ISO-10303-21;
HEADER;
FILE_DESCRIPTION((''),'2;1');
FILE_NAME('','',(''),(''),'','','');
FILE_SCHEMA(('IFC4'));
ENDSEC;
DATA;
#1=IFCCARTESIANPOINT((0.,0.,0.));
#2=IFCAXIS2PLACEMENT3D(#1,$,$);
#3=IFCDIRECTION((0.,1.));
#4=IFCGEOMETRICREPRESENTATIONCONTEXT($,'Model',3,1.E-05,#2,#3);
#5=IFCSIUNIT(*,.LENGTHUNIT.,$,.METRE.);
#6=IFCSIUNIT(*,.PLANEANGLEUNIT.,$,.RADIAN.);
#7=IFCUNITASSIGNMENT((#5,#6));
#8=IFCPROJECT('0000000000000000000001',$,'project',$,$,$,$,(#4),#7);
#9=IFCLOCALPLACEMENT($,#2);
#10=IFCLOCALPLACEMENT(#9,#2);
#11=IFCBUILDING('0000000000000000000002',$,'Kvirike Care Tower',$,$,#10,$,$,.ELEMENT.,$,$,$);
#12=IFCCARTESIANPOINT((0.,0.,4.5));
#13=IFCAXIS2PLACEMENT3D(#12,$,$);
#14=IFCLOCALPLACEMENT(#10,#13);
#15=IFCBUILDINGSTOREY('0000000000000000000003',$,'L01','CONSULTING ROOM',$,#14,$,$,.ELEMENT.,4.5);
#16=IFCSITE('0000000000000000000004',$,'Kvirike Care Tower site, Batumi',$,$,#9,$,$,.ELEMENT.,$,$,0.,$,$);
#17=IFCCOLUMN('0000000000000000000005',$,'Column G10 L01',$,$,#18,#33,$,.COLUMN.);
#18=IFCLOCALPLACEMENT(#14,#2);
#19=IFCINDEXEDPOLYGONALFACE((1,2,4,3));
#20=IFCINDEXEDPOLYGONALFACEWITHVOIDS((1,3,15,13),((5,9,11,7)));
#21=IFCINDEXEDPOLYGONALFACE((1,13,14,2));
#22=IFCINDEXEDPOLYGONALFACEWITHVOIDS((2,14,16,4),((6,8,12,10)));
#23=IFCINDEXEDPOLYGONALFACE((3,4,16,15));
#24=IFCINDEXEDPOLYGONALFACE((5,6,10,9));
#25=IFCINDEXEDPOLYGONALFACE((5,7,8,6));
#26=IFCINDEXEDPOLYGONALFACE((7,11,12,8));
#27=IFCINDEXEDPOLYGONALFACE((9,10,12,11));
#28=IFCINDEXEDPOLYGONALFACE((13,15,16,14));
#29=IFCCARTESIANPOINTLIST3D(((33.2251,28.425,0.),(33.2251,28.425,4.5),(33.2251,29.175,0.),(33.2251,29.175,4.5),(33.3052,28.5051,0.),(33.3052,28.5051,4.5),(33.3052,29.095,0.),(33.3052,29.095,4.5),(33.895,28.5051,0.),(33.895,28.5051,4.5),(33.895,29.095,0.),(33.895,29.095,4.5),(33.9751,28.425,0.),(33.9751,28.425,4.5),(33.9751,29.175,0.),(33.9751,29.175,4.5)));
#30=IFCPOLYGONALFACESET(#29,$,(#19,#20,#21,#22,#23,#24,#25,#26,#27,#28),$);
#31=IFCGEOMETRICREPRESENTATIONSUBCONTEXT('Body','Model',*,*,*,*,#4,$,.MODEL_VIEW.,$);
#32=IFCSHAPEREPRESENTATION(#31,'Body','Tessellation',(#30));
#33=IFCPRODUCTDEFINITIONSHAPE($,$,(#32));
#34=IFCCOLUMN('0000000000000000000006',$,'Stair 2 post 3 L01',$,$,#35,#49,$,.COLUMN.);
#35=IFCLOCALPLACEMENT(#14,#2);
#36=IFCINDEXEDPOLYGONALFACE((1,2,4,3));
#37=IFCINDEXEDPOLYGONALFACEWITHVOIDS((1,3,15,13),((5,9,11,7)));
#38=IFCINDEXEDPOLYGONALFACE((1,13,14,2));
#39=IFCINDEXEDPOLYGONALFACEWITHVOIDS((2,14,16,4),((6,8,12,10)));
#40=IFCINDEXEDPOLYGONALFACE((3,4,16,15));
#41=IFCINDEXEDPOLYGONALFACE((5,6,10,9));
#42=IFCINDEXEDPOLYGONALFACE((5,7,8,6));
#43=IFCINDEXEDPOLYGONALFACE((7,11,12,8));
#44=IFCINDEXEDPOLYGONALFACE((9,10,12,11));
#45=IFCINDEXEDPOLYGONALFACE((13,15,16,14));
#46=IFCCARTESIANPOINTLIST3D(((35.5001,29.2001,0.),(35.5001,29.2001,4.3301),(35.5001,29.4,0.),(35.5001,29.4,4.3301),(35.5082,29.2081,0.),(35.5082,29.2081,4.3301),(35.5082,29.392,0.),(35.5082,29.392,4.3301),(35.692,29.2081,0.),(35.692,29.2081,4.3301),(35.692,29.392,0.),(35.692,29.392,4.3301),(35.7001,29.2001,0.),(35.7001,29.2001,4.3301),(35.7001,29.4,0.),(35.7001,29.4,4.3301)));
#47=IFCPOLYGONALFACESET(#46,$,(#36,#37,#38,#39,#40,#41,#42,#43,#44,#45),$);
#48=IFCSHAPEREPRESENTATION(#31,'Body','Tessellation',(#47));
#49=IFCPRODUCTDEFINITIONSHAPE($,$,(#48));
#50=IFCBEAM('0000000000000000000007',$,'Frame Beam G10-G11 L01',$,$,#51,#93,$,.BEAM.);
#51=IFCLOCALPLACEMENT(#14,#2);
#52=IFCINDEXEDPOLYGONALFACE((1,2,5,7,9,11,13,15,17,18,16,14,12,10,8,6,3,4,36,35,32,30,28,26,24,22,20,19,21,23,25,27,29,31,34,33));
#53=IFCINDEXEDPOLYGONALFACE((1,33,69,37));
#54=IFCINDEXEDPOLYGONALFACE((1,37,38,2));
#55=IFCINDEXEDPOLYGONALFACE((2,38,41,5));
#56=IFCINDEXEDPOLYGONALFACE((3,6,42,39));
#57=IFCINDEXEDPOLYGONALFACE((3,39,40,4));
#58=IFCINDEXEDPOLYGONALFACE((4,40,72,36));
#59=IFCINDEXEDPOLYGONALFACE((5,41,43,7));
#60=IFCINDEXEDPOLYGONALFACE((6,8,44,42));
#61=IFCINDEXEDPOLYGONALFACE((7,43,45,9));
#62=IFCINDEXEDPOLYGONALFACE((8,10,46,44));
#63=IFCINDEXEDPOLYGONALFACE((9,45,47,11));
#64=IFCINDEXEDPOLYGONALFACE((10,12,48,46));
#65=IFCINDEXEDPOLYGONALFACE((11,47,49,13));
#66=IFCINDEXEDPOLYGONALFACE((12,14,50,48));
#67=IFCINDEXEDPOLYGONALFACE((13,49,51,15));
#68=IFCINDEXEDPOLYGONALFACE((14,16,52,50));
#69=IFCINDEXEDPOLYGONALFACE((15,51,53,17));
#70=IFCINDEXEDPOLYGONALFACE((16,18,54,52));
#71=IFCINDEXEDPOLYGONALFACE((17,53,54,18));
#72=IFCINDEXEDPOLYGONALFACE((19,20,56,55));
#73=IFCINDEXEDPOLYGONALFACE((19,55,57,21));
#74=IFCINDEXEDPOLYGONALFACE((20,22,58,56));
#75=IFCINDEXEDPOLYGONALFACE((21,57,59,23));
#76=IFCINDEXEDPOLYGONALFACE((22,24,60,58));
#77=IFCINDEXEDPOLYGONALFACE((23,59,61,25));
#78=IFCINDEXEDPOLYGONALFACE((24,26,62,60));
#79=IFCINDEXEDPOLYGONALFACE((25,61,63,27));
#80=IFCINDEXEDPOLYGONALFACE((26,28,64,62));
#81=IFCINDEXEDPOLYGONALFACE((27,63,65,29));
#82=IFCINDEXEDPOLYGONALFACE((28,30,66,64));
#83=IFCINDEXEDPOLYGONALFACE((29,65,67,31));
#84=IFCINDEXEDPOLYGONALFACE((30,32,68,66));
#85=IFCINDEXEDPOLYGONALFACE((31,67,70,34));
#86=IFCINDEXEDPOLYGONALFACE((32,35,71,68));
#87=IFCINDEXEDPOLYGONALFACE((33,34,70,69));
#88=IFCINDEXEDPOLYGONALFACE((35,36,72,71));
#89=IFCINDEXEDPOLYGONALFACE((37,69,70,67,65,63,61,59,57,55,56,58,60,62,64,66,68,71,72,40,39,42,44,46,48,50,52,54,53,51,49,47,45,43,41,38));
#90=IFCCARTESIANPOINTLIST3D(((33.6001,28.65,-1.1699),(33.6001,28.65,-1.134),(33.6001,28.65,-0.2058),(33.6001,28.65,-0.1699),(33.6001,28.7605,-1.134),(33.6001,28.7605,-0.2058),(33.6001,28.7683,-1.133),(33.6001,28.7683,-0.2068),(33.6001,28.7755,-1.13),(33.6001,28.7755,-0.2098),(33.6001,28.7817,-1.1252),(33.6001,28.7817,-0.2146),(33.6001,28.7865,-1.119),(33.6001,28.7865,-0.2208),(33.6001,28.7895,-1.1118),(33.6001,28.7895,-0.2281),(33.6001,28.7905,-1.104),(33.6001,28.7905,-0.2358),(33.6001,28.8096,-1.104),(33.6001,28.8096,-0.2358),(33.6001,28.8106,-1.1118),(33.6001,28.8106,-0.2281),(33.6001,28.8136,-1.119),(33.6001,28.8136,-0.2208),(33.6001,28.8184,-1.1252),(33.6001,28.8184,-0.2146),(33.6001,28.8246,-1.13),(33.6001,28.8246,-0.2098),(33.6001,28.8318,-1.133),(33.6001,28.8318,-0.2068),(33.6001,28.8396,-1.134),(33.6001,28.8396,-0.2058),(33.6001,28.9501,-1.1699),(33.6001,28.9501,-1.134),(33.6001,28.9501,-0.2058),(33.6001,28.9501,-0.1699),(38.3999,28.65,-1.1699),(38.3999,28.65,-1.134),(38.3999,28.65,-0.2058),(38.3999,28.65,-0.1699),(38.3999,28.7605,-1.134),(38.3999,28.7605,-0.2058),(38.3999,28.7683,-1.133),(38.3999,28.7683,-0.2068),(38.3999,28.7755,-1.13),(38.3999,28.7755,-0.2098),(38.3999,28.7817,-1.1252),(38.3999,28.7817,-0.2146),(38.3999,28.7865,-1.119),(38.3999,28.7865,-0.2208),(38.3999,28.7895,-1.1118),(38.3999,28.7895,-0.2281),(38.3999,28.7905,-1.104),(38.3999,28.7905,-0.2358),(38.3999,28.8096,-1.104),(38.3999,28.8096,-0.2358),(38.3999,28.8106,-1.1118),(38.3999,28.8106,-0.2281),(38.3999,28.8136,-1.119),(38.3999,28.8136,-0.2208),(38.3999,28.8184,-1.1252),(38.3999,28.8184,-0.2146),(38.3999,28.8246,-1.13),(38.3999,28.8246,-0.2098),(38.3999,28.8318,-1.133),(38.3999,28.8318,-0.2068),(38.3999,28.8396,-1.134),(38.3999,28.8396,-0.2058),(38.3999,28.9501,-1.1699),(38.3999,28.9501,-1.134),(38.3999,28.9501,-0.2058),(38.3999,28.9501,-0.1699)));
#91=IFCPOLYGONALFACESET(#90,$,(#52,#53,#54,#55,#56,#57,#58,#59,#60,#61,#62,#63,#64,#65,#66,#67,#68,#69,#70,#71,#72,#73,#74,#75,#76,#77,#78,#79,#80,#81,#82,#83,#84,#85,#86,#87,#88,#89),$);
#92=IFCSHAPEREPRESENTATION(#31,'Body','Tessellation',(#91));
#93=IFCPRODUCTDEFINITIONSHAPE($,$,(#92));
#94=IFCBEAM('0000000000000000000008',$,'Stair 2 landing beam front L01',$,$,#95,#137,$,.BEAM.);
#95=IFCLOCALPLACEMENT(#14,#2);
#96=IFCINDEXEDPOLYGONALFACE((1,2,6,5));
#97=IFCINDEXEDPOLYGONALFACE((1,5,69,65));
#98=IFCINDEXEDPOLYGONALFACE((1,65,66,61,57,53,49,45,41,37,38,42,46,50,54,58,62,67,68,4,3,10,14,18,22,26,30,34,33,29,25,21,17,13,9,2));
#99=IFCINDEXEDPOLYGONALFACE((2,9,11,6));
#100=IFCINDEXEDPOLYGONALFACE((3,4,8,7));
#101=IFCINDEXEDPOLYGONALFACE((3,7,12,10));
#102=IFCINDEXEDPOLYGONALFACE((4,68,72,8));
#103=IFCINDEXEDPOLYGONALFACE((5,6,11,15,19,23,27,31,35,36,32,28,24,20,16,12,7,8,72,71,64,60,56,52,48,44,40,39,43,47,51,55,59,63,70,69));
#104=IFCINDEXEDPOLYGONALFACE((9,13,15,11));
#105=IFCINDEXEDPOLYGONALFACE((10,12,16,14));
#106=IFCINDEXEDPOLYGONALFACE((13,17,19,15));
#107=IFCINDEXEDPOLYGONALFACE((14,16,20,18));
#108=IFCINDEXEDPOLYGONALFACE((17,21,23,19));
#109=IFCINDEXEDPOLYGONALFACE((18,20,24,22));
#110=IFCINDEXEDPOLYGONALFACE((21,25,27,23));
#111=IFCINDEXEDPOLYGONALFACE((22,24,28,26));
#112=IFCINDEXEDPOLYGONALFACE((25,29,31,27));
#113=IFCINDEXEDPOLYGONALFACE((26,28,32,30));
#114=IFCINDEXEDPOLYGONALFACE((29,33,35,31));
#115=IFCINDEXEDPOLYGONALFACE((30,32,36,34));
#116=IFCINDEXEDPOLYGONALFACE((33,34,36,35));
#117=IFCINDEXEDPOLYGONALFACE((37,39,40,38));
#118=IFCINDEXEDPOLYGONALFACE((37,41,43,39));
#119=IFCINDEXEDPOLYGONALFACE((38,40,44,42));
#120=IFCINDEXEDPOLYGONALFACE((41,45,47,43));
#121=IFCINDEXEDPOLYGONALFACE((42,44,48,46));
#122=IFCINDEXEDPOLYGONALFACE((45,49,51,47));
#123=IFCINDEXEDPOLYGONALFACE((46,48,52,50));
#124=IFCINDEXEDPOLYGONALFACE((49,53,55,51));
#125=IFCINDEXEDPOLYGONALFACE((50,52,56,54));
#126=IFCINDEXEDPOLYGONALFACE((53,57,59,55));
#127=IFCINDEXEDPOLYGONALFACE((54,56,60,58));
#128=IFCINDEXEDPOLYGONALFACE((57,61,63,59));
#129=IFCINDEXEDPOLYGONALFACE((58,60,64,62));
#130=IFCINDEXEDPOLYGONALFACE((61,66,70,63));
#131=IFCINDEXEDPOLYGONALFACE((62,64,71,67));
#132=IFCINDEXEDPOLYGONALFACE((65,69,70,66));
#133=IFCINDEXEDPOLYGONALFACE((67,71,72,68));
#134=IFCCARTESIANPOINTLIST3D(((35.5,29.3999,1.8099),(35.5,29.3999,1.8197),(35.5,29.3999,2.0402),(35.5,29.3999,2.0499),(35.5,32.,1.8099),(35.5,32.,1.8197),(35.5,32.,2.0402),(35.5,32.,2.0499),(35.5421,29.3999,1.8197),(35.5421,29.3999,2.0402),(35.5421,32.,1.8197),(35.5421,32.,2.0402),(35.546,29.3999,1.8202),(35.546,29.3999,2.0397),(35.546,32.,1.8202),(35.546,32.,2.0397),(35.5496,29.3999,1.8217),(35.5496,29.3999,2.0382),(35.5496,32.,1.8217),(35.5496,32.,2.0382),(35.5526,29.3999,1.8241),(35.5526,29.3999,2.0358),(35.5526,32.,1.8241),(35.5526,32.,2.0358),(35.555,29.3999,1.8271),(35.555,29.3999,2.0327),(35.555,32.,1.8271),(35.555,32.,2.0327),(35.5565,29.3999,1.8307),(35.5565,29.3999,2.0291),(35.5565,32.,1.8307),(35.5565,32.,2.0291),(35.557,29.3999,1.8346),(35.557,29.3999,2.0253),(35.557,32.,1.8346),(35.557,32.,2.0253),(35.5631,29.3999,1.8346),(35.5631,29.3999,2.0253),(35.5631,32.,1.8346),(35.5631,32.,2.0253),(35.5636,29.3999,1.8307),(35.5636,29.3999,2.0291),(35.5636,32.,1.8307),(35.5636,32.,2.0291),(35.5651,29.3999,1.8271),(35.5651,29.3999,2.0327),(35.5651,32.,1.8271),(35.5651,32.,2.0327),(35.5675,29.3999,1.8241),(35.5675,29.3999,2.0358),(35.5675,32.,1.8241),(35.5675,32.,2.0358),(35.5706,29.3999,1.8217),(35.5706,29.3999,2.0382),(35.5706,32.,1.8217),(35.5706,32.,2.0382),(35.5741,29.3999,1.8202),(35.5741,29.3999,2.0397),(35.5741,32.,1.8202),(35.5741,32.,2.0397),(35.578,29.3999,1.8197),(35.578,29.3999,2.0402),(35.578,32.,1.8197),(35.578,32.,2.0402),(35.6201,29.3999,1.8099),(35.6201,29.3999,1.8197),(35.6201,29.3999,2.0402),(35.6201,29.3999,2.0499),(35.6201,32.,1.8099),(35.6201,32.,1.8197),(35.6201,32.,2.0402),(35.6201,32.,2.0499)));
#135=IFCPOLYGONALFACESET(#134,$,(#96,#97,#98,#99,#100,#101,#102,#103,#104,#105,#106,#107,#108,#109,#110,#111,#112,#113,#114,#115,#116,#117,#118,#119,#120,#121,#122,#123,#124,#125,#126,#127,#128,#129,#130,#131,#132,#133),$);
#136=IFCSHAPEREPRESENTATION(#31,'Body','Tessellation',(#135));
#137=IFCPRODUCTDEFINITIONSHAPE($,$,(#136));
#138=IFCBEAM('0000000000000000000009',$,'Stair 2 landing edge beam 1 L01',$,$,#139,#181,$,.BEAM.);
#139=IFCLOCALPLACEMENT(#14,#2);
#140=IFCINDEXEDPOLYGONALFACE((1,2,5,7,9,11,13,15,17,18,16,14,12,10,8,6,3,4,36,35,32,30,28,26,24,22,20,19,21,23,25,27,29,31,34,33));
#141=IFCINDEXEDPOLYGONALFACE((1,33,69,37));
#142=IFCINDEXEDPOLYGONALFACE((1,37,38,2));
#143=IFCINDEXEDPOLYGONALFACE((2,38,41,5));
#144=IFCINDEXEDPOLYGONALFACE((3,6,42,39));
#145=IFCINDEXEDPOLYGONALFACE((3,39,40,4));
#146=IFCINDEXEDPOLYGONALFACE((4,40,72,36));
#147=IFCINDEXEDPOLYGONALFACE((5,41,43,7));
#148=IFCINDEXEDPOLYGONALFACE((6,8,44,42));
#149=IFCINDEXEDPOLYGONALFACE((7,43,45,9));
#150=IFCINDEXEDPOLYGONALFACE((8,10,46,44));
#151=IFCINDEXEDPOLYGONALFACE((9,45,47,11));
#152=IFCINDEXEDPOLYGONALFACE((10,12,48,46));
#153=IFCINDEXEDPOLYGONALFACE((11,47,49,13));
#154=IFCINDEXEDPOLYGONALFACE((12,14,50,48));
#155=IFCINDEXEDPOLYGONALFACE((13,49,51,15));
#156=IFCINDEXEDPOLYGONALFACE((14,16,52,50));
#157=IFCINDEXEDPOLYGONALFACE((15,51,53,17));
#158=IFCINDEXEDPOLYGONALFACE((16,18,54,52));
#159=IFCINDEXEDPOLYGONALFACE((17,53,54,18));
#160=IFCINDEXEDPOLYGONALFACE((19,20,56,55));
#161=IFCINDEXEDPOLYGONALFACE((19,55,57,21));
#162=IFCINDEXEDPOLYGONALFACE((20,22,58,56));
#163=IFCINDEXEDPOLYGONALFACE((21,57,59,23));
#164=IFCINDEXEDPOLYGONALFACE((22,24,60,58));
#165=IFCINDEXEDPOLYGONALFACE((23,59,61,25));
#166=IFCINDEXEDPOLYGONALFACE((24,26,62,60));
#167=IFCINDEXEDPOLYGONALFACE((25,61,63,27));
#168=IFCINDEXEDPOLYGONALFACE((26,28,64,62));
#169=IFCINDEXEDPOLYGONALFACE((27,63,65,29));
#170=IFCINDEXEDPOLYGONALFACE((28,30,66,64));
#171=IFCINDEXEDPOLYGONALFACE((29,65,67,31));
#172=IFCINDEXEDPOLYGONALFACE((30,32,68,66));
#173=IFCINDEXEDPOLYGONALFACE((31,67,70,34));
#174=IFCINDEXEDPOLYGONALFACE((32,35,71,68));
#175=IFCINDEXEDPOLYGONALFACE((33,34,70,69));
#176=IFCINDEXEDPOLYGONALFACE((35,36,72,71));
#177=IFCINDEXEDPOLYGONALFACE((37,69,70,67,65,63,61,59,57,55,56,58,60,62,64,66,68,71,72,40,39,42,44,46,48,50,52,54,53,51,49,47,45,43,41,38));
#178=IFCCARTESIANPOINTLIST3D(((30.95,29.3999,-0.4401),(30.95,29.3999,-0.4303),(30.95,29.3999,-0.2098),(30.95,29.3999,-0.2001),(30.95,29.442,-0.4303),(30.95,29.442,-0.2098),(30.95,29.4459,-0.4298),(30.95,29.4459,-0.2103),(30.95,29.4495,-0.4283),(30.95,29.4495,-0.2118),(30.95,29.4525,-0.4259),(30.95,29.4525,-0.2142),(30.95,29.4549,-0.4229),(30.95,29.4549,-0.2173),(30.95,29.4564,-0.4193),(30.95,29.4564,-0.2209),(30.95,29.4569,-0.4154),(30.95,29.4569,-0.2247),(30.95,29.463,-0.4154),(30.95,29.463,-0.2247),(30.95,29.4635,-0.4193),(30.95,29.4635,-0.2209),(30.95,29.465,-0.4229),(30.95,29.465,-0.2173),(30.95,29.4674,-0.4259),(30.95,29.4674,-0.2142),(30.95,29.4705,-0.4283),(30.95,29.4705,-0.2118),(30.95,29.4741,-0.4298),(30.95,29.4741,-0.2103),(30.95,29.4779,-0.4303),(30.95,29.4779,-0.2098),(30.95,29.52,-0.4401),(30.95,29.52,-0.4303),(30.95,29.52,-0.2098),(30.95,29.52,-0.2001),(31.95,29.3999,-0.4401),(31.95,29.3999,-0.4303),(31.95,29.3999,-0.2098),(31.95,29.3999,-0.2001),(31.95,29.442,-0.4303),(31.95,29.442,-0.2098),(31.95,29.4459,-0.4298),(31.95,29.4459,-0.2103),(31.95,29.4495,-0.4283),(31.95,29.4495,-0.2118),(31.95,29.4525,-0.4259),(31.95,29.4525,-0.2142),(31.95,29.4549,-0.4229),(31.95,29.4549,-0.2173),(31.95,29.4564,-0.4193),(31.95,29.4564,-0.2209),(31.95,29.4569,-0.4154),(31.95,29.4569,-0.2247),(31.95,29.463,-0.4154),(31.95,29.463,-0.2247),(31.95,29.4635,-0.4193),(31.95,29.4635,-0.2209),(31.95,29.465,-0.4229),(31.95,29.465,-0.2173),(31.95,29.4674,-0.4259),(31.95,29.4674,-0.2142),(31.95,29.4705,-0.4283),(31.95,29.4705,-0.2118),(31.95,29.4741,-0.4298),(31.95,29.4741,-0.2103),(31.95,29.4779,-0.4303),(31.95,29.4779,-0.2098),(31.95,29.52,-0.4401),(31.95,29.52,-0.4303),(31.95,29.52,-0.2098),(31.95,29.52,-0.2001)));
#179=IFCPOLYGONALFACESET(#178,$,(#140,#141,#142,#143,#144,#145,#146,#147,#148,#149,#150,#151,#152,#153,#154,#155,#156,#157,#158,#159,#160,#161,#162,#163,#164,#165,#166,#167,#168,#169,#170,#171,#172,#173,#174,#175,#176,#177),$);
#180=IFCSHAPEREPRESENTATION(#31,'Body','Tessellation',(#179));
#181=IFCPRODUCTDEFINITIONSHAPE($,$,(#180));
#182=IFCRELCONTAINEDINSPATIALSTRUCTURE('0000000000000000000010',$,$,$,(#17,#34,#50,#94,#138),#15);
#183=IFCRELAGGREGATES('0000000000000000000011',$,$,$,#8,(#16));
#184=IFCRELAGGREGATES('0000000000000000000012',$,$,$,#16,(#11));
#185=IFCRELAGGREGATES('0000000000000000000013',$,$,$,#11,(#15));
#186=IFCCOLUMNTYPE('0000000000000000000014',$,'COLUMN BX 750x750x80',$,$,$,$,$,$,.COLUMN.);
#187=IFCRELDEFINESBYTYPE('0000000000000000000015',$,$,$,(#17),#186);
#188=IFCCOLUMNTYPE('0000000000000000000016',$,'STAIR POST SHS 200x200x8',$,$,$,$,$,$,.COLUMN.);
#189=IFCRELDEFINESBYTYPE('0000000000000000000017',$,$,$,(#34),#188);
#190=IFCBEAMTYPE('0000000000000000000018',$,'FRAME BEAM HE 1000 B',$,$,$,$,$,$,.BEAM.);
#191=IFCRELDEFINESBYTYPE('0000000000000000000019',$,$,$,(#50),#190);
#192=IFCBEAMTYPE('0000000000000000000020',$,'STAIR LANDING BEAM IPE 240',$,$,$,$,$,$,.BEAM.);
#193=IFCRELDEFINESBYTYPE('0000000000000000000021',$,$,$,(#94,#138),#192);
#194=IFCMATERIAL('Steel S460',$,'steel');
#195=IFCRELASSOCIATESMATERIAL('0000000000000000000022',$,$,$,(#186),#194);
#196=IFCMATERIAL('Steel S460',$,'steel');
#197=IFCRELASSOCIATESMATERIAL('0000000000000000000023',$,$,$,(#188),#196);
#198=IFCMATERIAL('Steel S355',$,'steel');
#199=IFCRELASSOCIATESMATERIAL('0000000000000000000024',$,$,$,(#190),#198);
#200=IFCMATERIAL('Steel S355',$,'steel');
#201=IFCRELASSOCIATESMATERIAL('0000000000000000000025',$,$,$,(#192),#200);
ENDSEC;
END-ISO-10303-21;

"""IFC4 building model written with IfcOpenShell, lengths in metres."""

from ifc_helpers import new_model, si_unit, direction, frame, origin, origin_2d, place, context, subcontext, project, spatial, hollow_rectangle, i_section, extrude, material, material_profile, profile_set, type_object, element, save


model = new_model("IFC4")

# Units and contexts
model_context = context("Model", 3, precision=1e-05, world=origin(), true_north=direction((0.0, 1.0)))
body_context = subcontext(model_context, "Body", "Model", "MODEL_VIEW")
ifc_project = project(units=[si_unit("LENGTHUNIT", "METRE"), si_unit("PLANEANGLEUNIT", "RADIAN")], contexts=[model_context])

# Site, building, storey
site_placement = place(None, origin())
site = spatial("IfcSite", under=ifc_project, at=site_placement, Name="Kvirike Care Tower site, Batumi", CompositionType="ELEMENT", RefElevation=0.0)
building_placement = place(site_placement, origin())
building = spatial("IfcBuilding", under=site, at=building_placement, Name="Kvirike Care Tower", CompositionType="ELEMENT")
storey_placement = place(building_placement, frame((0.0, 0.0, 4.5)))
storey = spatial("IfcBuildingStorey", under=building, at=storey_placement, Name="L01", Description="CONSULTING ROOM", CompositionType="ELEMENT", Elevation=4.5)

# Columns
ifc_material_1 = material(Name="Steel S460", Category="steel")
ifc_material_profile_1 = material_profile(ifc_material_1, hollow_rectangle(XDim=0.75, YDim=0.75, WallThickness=0.0801, at=origin_2d()), Name="BX 750x750x80")
ifc_profile_set_1 = profile_set([ifc_material_profile_1], Name="Steel S460")
column_type_1 = type_object("IfcColumnType", Name="COLUMN BX 750x750x80", PredefinedType="COLUMN", material=ifc_profile_set_1)
column_1_placement = place(storey_placement, frame((33.6001, 28.8, 0.0), z_axis=(0.0, 0.0, 1.0), x_axis=(0.0, 1.0, 0.0)))
element("IfcColumn", 1, at=column_1_placement, inside=storey, type_object=column_type_1, Name="Column G10 L01", PredefinedType="COLUMN", context=body_context, shape_type="SweptSolid", body=[
    extrude(hollow_rectangle(XDim=0.75, YDim=0.75, WallThickness=0.0801, at=origin_2d()), origin(), (0.0, 0.0, 1.0), 4.5),
])
ifc_material_2 = material(Name="Steel S460", Category="steel")
ifc_material_profile_2 = material_profile(ifc_material_2, hollow_rectangle(XDim=0.2, YDim=0.2, WallThickness=0.0081, at=origin_2d()), Name="SHS 200x200x8")
ifc_profile_set_2 = profile_set([ifc_material_profile_2], Name="Steel S460")
column_type_2 = type_object("IfcColumnType", Name="STAIR POST SHS 200x200x8", PredefinedType="COLUMN", material=ifc_profile_set_2)
column_2_placement = place(storey_placement, frame((35.6001, 29.3, 0.0), z_axis=(0.0, 0.0, 1.0), x_axis=(1.0, 0.0, 0.0)))
element("IfcColumn", 2, at=column_2_placement, inside=storey, type_object=column_type_2, Name="Stair 2 post 3 L01", PredefinedType="COLUMN", context=body_context, shape_type="SweptSolid", body=[
    extrude(hollow_rectangle(XDim=0.2, YDim=0.2, WallThickness=0.0081, at=origin_2d()), origin(), (0.0, 0.0, 1.0), 4.3301),
])

# Beams
ifc_material_3 = material(Name="Steel S355", Category="steel")
ifc_material_profile_3 = material_profile(ifc_material_3, i_section(OverallWidth=0.3, OverallDepth=1.0, WebThickness=0.019, FlangeThickness=0.0359, FilletRadius=0.03, at=origin_2d()), Name="HE 1000 B")
ifc_profile_set_3 = profile_set([ifc_material_profile_3], Name="Steel S355")
beam_type_1 = type_object("IfcBeamType", Name="FRAME BEAM HE 1000 B", PredefinedType="BEAM", material=ifc_profile_set_3)
beam_1_placement = place(storey_placement, frame((33.6001, 28.8, -0.6699), z_axis=(1.0, 0.0, 0.0), x_axis=(0.0, 1.0, 0.0)))
element("IfcBeam", 3, at=beam_1_placement, inside=storey, type_object=beam_type_1, Name="Frame Beam G10-G11 L01", PredefinedType="BEAM", context=body_context, shape_type="SweptSolid", body=[
    extrude(i_section(OverallWidth=0.3, OverallDepth=1.0, WebThickness=0.019, FlangeThickness=0.0359, FilletRadius=0.03, at=origin_2d()), origin(), (0.0, 0.0, 1.0), 4.7998),
])
ifc_material_4 = material(Name="Steel S355", Category="steel")
ifc_material_profile_4 = material_profile(ifc_material_4, i_section(OverallWidth=0.1201, OverallDepth=0.24, WebThickness=0.0061, FlangeThickness=0.0098, FilletRadius=0.0149, at=origin_2d()), Name="IPE 240")
ifc_profile_set_4 = profile_set([ifc_material_profile_4], Name="Steel S355")
beam_type_2 = type_object("IfcBeamType", Name="STAIR LANDING BEAM IPE 240", PredefinedType="BEAM", material=ifc_profile_set_4)
beam_2_placement = place(storey_placement, frame((35.5601, 29.3999, 1.9299), z_axis=(0.0, 1.0, 0.0), x_axis=(-1.0, 0.0, 0.0)))
element("IfcBeam", 4, at=beam_2_placement, inside=storey, type_object=beam_type_2, Name="Stair 2 landing beam front L01", PredefinedType="BEAM", context=body_context, shape_type="SweptSolid", body=[
    extrude(i_section(OverallWidth=0.1201, OverallDepth=0.24, WebThickness=0.0061, FlangeThickness=0.0098, FilletRadius=0.0149, at=origin_2d()), origin(), (0.0, 0.0, 1.0), 2.6001),
])
beam_3_placement = place(storey_placement, frame((31.95, 29.46, -0.3201), z_axis=(-1.0, 0.0, 0.0), x_axis=(0.0, -1.0, 0.0)))
element("IfcBeam", 5, at=beam_3_placement, inside=storey, type_object=beam_type_2, Name="Stair 2 landing edge beam 1 L01", PredefinedType="BEAM", context=body_context, shape_type="SweptSolid", body=[
    extrude(i_section(OverallWidth=0.1201, OverallDepth=0.24, WebThickness=0.0061, FlangeThickness=0.0098, FilletRadius=0.0149, at=origin_2d()), origin(), (0.0, 0.0, 1.0), 1.0),
])

save(model, "model.ifc")
